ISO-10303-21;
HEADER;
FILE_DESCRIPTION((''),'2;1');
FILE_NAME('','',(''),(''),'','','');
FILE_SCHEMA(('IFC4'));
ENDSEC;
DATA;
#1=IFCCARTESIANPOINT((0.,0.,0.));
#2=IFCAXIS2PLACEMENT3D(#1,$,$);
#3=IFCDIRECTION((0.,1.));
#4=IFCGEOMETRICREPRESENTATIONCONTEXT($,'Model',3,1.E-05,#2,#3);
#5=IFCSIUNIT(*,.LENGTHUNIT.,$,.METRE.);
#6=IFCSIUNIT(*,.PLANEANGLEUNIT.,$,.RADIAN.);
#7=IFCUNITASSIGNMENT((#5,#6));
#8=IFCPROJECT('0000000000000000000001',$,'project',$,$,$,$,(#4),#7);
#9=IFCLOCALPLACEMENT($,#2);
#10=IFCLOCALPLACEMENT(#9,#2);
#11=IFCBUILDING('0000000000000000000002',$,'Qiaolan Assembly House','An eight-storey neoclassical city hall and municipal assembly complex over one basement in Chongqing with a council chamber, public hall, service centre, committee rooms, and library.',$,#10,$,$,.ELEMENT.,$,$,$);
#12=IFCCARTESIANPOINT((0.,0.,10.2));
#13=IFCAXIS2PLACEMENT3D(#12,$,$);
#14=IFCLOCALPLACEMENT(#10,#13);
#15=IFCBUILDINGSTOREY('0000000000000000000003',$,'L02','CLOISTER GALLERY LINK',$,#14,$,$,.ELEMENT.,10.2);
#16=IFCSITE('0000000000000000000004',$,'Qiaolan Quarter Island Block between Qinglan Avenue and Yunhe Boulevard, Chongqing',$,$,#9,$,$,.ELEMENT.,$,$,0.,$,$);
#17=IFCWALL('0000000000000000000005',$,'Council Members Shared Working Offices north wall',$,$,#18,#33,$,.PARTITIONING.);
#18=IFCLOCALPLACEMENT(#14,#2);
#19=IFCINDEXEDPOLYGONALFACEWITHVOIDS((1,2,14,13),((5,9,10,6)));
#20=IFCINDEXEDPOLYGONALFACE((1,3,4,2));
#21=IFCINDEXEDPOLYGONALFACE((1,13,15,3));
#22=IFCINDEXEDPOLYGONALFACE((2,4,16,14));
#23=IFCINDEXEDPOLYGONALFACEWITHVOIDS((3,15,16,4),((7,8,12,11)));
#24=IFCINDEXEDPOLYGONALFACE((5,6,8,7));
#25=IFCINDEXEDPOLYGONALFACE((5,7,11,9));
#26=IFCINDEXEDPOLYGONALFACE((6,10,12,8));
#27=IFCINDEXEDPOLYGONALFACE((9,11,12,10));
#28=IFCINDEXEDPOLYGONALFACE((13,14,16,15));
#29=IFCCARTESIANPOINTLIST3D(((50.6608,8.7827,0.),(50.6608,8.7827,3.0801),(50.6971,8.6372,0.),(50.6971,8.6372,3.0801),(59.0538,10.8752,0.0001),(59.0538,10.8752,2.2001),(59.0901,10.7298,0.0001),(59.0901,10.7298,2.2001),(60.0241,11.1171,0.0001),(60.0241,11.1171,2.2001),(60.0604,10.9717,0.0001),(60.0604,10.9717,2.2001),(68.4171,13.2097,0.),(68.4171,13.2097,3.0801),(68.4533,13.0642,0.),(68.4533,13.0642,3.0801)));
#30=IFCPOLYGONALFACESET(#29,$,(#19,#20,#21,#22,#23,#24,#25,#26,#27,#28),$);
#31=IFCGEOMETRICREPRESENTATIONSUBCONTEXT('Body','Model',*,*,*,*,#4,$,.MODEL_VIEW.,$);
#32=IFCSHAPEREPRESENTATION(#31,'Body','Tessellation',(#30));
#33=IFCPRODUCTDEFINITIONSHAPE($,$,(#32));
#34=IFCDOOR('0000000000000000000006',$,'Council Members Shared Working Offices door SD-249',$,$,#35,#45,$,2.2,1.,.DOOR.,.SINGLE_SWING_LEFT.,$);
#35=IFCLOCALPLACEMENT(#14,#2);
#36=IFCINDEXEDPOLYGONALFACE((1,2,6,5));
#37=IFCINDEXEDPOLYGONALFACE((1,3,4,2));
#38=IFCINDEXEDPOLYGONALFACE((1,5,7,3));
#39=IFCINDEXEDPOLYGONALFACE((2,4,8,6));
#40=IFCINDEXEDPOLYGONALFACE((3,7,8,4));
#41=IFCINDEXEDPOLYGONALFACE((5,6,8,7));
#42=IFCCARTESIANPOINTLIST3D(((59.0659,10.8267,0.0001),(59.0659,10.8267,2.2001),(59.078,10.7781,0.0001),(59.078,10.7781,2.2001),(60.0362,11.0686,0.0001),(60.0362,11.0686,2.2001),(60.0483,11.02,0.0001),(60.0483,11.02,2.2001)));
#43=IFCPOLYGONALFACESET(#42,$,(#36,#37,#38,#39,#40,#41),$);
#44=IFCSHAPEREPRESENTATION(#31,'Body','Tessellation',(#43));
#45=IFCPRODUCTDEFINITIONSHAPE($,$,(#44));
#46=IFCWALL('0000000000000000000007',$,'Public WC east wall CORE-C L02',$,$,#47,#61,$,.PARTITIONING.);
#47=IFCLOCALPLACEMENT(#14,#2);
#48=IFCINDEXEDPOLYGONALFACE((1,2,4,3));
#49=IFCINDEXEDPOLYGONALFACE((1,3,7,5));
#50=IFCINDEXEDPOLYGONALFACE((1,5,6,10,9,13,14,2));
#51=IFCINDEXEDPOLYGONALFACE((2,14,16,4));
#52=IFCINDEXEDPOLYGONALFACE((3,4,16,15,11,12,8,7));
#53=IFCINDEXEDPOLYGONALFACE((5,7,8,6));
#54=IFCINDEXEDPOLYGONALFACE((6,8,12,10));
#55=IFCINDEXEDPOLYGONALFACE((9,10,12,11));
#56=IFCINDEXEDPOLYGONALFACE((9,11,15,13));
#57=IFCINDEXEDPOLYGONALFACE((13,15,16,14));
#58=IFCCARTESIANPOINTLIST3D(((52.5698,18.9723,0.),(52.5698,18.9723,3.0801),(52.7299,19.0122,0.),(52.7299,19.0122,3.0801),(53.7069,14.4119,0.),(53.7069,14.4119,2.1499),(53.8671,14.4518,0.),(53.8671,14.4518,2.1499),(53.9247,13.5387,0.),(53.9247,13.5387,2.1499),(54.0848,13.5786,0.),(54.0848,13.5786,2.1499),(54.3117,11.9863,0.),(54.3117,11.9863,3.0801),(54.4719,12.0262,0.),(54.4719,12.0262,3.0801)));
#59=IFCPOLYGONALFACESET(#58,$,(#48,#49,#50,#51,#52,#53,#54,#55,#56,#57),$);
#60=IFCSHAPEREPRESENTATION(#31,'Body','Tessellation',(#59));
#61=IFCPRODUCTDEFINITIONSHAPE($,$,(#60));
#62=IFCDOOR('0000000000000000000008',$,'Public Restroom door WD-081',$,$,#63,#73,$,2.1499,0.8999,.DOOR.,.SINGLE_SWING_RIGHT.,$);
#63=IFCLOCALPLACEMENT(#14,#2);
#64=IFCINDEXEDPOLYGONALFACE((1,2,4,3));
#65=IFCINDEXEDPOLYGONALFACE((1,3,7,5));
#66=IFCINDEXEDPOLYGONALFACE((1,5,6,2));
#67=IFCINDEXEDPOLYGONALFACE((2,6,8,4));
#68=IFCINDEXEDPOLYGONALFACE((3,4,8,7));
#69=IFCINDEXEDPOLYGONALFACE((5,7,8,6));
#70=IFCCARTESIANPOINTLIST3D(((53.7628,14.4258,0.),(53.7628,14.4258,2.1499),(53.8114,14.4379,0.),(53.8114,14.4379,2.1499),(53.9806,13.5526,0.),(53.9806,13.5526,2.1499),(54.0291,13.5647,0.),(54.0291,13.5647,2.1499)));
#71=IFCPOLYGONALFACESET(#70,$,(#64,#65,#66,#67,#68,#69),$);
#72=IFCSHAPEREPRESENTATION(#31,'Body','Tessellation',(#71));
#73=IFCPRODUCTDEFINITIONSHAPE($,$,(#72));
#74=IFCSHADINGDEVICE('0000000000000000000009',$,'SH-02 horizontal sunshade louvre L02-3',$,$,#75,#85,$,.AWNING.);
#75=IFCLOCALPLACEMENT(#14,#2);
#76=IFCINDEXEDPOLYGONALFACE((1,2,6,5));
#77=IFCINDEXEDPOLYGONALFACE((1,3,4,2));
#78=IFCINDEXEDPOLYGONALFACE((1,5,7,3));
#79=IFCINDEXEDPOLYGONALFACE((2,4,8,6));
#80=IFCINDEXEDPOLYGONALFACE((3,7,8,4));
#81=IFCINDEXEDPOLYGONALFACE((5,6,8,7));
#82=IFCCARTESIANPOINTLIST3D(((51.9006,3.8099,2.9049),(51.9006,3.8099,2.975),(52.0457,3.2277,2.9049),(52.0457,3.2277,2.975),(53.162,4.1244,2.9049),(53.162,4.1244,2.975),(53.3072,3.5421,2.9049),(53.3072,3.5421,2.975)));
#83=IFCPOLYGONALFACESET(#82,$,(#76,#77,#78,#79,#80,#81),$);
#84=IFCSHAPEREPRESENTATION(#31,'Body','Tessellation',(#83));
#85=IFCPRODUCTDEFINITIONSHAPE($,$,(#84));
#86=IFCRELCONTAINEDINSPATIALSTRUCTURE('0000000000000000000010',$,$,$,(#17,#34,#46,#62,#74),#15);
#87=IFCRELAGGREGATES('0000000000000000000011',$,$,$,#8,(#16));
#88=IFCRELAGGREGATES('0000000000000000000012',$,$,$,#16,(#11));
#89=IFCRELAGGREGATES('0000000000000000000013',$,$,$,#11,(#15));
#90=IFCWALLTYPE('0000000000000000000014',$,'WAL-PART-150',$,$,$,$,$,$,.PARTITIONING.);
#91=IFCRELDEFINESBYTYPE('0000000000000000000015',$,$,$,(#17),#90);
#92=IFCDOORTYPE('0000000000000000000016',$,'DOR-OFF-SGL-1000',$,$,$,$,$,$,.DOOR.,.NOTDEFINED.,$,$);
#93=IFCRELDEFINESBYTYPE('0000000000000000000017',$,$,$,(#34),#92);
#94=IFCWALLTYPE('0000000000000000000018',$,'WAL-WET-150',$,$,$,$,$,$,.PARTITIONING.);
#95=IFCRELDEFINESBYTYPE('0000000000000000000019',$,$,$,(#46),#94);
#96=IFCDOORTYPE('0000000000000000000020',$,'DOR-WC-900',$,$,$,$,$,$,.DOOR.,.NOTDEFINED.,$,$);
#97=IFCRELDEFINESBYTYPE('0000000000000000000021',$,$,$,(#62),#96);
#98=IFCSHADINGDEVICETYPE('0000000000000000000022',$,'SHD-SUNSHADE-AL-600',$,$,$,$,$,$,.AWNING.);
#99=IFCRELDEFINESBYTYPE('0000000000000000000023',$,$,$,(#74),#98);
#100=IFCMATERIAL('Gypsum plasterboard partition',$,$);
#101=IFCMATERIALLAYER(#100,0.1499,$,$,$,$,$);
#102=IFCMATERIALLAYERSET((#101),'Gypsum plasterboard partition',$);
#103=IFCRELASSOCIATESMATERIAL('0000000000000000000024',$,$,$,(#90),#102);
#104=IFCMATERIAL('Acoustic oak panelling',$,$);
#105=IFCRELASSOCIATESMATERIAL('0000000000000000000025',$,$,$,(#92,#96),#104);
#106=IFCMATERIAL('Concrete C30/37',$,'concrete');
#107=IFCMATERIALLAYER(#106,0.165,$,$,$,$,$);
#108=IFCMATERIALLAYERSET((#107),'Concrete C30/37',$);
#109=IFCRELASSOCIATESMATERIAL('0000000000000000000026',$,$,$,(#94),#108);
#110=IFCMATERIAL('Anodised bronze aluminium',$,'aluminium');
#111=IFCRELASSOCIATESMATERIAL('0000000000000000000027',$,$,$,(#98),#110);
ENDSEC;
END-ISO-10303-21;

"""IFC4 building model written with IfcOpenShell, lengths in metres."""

from ifc_helpers import new_model, si_unit, direction, frame, frame_2d, origin, origin_2d, place, context, subcontext, project, spatial, rectangle, extrude, material, layer, layer_set, material_profile, profile_set, type_object, element, fill, save


model = new_model("IFC4")

# Units and contexts
model_context = context("Model", 3, precision=1e-05, world=origin(), true_north=direction((0.0, 1.0)))
body_context = subcontext(model_context, "Body", "Model", "MODEL_VIEW")
ifc_project = project(units=[si_unit("LENGTHUNIT", "METRE"), si_unit("PLANEANGLEUNIT", "RADIAN")], contexts=[model_context])

# Site, building, storey
site_placement = place(None, origin())
site = spatial("IfcSite", under=ifc_project, at=site_placement, Name="Qiaolan Quarter Island Block between Qinglan Avenue and Yunhe Boulevard, Chongqing", CompositionType="ELEMENT", RefElevation=0.0)
building_placement = place(site_placement, origin())
building = spatial("IfcBuilding", under=site, at=building_placement, Name="Qiaolan Assembly House", Description="An eight-storey neoclassical city hall and municipal assembly complex over one basement in Chongqing with a council chamber, public hall, service centre, committee rooms, and library.", CompositionType="ELEMENT")
storey_placement = place(building_placement, frame((0.0, 0.0, 10.2)))
storey = spatial("IfcBuildingStorey", under=building, at=storey_placement, Name="L02", Description="CLOISTER GALLERY LINK", CompositionType="ELEMENT", Elevation=10.2)

# Shared definitions
ifc_material_1 = material(Name="Anodised bronze aluminium", Category="aluminium")

# Shared definitions
ifc_material_2 = material(Name="Gypsum plasterboard partition")

# Walls, openings, doors
ifc_layer_1 = layer(ifc_material_2, 0.1499)
ifc_layer_set_1 = layer_set([ifc_layer_1], Name="Gypsum plasterboard partition")
wall_type_1 = type_object("IfcWallType", Name="WAL-PART-150", PredefinedType="PARTITIONING", material=ifc_layer_set_1)
wall_1_placement = place(storey_placement, frame((50.679, 8.71, 0.0), z_axis=(0.0, 0.0, 1.0), x_axis=(0.970298, 0.241914, 0.0)))
wall_1 = element("IfcWall", 1, at=wall_1_placement, inside=storey, type_object=wall_type_1, Name="Council Members Shared Working Offices north wall", PredefinedType="PARTITIONING", context=body_context, shape_type="SweptSolid", body=[
    extrude(rectangle(XDim=18.2998, YDim=0.1499, at=frame_2d((9.1499, 0.0))), origin(), (0.0, 0.0, 1.0), 3.0801),
])
opening_1_placement = place(wall_1_placement, frame((8.6499, 0.0, 0.0)))
opening_1 = element("IfcOpeningElement", 2, at=opening_1_placement, cuts=wall_1, PredefinedType="OPENING", context=body_context, shape_type="SweptSolid", body=[
    extrude(rectangle(XDim=1.0, YDim=2.2, at=frame_2d((0.5, 1.1001))), frame((0.0, 0.085, 0.0), z_axis=(0.0, -1.0, 0.0), x_axis=(1.0, 0.0, 0.0)), (0.0, 0.0, 1.0), 0.1699),
])
ifc_material_3 = material(Name="Acoustic oak panelling")
door_type_1 = type_object("IfcDoorType", Name="DOR-OFF-SGL-1000", OperationType="NOTDEFINED", PredefinedType="DOOR", material=ifc_material_3)
door_1_placement = place(opening_1_placement, origin())
door_1 = element("IfcDoor", 3, at=door_1_placement, inside=storey, type_object=door_type_1, Name="Council Members Shared Working Offices door SD-249", OperationType="SINGLE_SWING_LEFT", OverallHeight=2.2, OverallWidth=1.0, PredefinedType="DOOR", context=body_context, shape_type="SweptSolid", body=[
    extrude(rectangle(XDim=1.0, YDim=2.2, at=frame_2d((0.5, 1.1001))), frame((0.0, 0.0249, 0.0), z_axis=(0.0, -1.0, 0.0), x_axis=(1.0, 0.0, 0.0)), (0.0, 0.0, 1.0), 0.05),
])
fill(opening_1, door_1)
ifc_material_4 = material(Name="Concrete C30/37", Category="concrete")
ifc_layer_2 = layer(ifc_material_4, 0.165)
ifc_layer_set_2 = layer_set([ifc_layer_2], Name="Concrete C30/37")
wall_type_2 = type_object("IfcWallType", Name="WAL-WET-150", PredefinedType="PARTITIONING", material=ifc_layer_set_2)
wall_2_placement = place(storey_placement, frame((54.3918, 12.0061, 0.0), z_axis=(0.0, 0.0, 1.0), x_axis=(-0.241937, 0.970292, 0.0)))
wall_2 = element("IfcWall", 4, at=wall_2_placement, inside=storey, type_object=wall_type_2, Name="Public WC east wall CORE-C L02", PredefinedType="PARTITIONING", context=body_context, shape_type="SweptSolid", body=[
    extrude(rectangle(XDim=7.2, YDim=0.165, at=frame_2d((3.6001, 0.0))), origin(), (0.0, 0.0, 1.0), 3.0801),
])
opening_2_placement = place(wall_2_placement, frame((1.6001, 0.0, 0.0)))
opening_2 = element("IfcOpeningElement", 5, at=opening_2_placement, cuts=wall_2, PredefinedType="OPENING", context=body_context, shape_type="SweptSolid", body=[
    extrude(rectangle(XDim=0.8999, YDim=2.1499, at=frame_2d((0.45, 1.075))), frame((0.0, 0.0925, 0.0), z_axis=(0.0, -1.0, 0.0), x_axis=(1.0, 0.0, 0.0)), (0.0, 0.0, 1.0), 0.1851),
])
door_type_2 = type_object("IfcDoorType", Name="DOR-WC-900", OperationType="NOTDEFINED", PredefinedType="DOOR", material=ifc_material_3)
door_2_placement = place(opening_2_placement, origin())
door_2 = element("IfcDoor", 6, at=door_2_placement, inside=storey, type_object=door_type_2, Name="Public Restroom door WD-081", OperationType="SINGLE_SWING_RIGHT", OverallHeight=2.1499, OverallWidth=0.8999, PredefinedType="DOOR", context=body_context, shape_type="SweptSolid", body=[
    extrude(rectangle(XDim=0.8999, YDim=2.1499, at=frame_2d((0.45, 1.075))), frame((0.0, 0.0249, 0.0), z_axis=(0.0, -1.0, 0.0), x_axis=(1.0, 0.0, 0.0)), (0.0, 0.0, 1.0), 0.05),
])
fill(opening_2, door_2)

# Shading device
ifc_material_profile_1 = material_profile(ifc_material_1, rectangle(XDim=0.6001, YDim=0.0701, at=origin_2d()), Name="SHD 600x70")
ifc_profile_set_1 = profile_set([ifc_material_profile_1], Name="Anodised bronze aluminium")
shading_device_type = type_object("IfcShadingDeviceType", Name="SHD-SUNSHADE-AL-600", PredefinedType="AWNING", material=ifc_profile_set_1)
shading_device_placement = place(storey_placement, frame((51.9731, 3.5188, 2.9399), z_axis=(0.970308, 0.241873, 0.0), x_axis=(-0.241873, 0.970308, 0.0)))
element("IfcShadingDevice", 7, at=shading_device_placement, inside=storey, type_object=shading_device_type, Name="SH-02 horizontal sunshade louvre L02-3", PredefinedType="AWNING", context=body_context, shape_type="SweptSolid", body=[
    extrude(rectangle(XDim=0.6001, YDim=0.0701, at=origin_2d()), origin(), (0.0, 0.0, 1.0), 1.3),
])

save(model, "model.ifc")
